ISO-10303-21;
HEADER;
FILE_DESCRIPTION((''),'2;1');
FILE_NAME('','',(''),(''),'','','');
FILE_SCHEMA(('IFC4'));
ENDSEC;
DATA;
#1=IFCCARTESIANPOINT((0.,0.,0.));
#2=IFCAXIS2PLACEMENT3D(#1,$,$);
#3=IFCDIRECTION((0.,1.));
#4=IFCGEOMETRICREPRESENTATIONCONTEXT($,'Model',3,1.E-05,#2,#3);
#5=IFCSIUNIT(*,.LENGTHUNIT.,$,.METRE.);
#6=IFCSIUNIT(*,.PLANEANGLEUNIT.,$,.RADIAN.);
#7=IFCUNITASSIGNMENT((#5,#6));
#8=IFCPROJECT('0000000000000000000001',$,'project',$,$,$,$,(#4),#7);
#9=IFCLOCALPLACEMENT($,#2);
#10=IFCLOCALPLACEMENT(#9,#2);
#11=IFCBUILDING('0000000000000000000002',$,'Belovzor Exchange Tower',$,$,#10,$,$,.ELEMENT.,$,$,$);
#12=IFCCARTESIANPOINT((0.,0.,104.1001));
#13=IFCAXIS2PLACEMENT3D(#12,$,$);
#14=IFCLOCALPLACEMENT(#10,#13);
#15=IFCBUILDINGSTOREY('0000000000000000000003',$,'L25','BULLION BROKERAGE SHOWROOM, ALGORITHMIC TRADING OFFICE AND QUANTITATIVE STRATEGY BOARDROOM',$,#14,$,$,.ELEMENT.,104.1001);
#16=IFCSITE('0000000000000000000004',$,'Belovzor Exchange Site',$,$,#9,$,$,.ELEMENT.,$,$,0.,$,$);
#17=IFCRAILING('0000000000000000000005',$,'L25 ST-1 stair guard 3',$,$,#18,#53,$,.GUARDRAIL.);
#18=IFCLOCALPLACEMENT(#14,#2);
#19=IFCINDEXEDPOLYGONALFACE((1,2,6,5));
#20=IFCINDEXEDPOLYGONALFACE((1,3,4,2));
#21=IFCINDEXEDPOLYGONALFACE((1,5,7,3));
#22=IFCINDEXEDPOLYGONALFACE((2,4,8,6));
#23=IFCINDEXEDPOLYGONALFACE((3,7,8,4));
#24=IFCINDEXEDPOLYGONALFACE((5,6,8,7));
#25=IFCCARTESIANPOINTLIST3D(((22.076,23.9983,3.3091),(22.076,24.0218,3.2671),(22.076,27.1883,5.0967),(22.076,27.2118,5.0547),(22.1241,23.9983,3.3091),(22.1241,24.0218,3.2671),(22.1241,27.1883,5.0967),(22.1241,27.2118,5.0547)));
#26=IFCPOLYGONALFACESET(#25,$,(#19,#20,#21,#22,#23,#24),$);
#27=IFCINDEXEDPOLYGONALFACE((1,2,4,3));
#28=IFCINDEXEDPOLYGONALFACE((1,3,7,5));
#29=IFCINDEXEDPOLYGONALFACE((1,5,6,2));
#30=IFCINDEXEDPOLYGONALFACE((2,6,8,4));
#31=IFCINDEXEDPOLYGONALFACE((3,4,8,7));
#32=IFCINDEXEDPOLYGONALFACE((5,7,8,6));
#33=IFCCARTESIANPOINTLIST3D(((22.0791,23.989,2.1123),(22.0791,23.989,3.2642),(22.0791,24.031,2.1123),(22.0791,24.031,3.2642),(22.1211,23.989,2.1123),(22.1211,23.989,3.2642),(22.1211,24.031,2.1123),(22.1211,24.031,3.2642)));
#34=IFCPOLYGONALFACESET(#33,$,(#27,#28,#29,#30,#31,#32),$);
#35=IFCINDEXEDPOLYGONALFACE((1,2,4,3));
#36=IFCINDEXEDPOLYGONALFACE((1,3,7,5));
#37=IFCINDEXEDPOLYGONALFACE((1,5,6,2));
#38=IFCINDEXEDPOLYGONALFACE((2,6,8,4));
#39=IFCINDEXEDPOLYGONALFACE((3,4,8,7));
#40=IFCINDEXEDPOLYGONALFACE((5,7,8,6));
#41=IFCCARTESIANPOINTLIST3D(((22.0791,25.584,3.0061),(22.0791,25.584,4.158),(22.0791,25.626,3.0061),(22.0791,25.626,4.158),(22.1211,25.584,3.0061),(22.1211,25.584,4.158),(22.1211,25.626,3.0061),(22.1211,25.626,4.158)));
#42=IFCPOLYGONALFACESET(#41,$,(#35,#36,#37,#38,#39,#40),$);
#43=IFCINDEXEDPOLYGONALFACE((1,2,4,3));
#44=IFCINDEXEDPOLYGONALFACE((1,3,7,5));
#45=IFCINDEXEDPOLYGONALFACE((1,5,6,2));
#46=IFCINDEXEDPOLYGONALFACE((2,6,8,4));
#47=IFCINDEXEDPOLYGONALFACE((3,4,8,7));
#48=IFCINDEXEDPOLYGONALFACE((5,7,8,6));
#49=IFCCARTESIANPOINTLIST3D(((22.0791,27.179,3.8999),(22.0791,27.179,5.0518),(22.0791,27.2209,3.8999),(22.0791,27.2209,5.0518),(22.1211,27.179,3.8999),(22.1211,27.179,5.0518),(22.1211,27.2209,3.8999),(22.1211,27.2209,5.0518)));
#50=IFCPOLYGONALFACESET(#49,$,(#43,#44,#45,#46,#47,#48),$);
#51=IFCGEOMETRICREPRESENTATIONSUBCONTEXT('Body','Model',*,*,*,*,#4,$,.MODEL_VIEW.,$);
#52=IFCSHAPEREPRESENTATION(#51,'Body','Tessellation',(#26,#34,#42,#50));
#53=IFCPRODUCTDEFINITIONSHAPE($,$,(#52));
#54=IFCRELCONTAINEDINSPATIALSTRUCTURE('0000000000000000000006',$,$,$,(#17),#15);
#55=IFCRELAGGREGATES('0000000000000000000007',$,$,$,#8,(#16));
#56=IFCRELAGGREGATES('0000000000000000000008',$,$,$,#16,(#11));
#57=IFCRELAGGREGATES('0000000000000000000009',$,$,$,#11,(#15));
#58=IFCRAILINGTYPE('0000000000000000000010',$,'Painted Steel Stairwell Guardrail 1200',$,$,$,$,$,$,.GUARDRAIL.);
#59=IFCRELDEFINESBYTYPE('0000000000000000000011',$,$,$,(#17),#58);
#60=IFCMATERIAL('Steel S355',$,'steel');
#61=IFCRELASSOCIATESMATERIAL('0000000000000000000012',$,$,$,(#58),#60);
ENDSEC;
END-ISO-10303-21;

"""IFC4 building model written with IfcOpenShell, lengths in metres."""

from ifc_helpers import new_model, si_unit, direction, frame, origin, origin_2d, place, context, subcontext, project, spatial, rectangle, extrude, material, type_object, element, save


model = new_model("IFC4")

# Units and contexts
model_context = context("Model", 3, precision=1e-05, world=origin(), true_north=direction((0.0, 1.0)))
body_context = subcontext(model_context, "Body", "Model", "MODEL_VIEW")
ifc_project = project(units=[si_unit("LENGTHUNIT", "METRE"), si_unit("PLANEANGLEUNIT", "RADIAN")], contexts=[model_context])

# Site, building, storey
site_placement = place(None, origin())
site = spatial("IfcSite", under=ifc_project, at=site_placement, Name="Belovzor Exchange Site", CompositionType="ELEMENT", RefElevation=0.0)
building_placement = place(site_placement, origin())
building = spatial("IfcBuilding", under=site, at=building_placement, Name="Belovzor Exchange Tower", CompositionType="ELEMENT")
storey_placement = place(building_placement, frame((0.0, 0.0, 104.1001)))
storey = spatial("IfcBuildingStorey", under=building, at=storey_placement, Name="L25", Description="BULLION BROKERAGE SHOWROOM, ALGORITHMIC TRADING OFFICE AND QUANTITATIVE STRATEGY BOARDROOM", CompositionType="ELEMENT", Elevation=104.1001)

# Railing
ifc_material_1 = material(Name="Steel S355", Category="steel")
railing_type_1 = type_object("IfcRailingType", Name="Painted Steel Stairwell Guardrail 1200", PredefinedType="GUARDRAIL", material=ifc_material_1)
railing_1_placement = place(storey_placement, frame((22.1001, 24.01, 2.1123)))
element("IfcRailing", 1, at=railing_1_placement, inside=storey, type_object=railing_type_1, Name="L25 ST-1 stair guard 3", PredefinedType="GUARDRAIL", context=body_context, shape_type="SweptSolid", body=[
    extrude(rectangle(XDim=0.0481, YDim=0.0481, at=origin_2d()), frame((0.0, 0.0, 1.1758), z_axis=(0.0, 0.872363, 0.48886), x_axis=(-1.0, 0.0, 0.0)), (0.0, 0.0, 1.0), 3.6567),
    extrude(rectangle(XDim=0.042, YDim=0.042, at=origin_2d()), origin(), (0.0, 0.0, 1.0), 1.1519),
    extrude(rectangle(XDim=0.042, YDim=0.042, at=origin_2d()), frame((0.0, 1.595, 0.8938)), (0.0, 0.0, 1.0), 1.1519),
    extrude(rectangle(XDim=0.042, YDim=0.042, at=origin_2d()), frame((0.0, 3.1899, 1.7876)), (0.0, 0.0, 1.0), 1.1519),
])

save(model, "model.ifc")
